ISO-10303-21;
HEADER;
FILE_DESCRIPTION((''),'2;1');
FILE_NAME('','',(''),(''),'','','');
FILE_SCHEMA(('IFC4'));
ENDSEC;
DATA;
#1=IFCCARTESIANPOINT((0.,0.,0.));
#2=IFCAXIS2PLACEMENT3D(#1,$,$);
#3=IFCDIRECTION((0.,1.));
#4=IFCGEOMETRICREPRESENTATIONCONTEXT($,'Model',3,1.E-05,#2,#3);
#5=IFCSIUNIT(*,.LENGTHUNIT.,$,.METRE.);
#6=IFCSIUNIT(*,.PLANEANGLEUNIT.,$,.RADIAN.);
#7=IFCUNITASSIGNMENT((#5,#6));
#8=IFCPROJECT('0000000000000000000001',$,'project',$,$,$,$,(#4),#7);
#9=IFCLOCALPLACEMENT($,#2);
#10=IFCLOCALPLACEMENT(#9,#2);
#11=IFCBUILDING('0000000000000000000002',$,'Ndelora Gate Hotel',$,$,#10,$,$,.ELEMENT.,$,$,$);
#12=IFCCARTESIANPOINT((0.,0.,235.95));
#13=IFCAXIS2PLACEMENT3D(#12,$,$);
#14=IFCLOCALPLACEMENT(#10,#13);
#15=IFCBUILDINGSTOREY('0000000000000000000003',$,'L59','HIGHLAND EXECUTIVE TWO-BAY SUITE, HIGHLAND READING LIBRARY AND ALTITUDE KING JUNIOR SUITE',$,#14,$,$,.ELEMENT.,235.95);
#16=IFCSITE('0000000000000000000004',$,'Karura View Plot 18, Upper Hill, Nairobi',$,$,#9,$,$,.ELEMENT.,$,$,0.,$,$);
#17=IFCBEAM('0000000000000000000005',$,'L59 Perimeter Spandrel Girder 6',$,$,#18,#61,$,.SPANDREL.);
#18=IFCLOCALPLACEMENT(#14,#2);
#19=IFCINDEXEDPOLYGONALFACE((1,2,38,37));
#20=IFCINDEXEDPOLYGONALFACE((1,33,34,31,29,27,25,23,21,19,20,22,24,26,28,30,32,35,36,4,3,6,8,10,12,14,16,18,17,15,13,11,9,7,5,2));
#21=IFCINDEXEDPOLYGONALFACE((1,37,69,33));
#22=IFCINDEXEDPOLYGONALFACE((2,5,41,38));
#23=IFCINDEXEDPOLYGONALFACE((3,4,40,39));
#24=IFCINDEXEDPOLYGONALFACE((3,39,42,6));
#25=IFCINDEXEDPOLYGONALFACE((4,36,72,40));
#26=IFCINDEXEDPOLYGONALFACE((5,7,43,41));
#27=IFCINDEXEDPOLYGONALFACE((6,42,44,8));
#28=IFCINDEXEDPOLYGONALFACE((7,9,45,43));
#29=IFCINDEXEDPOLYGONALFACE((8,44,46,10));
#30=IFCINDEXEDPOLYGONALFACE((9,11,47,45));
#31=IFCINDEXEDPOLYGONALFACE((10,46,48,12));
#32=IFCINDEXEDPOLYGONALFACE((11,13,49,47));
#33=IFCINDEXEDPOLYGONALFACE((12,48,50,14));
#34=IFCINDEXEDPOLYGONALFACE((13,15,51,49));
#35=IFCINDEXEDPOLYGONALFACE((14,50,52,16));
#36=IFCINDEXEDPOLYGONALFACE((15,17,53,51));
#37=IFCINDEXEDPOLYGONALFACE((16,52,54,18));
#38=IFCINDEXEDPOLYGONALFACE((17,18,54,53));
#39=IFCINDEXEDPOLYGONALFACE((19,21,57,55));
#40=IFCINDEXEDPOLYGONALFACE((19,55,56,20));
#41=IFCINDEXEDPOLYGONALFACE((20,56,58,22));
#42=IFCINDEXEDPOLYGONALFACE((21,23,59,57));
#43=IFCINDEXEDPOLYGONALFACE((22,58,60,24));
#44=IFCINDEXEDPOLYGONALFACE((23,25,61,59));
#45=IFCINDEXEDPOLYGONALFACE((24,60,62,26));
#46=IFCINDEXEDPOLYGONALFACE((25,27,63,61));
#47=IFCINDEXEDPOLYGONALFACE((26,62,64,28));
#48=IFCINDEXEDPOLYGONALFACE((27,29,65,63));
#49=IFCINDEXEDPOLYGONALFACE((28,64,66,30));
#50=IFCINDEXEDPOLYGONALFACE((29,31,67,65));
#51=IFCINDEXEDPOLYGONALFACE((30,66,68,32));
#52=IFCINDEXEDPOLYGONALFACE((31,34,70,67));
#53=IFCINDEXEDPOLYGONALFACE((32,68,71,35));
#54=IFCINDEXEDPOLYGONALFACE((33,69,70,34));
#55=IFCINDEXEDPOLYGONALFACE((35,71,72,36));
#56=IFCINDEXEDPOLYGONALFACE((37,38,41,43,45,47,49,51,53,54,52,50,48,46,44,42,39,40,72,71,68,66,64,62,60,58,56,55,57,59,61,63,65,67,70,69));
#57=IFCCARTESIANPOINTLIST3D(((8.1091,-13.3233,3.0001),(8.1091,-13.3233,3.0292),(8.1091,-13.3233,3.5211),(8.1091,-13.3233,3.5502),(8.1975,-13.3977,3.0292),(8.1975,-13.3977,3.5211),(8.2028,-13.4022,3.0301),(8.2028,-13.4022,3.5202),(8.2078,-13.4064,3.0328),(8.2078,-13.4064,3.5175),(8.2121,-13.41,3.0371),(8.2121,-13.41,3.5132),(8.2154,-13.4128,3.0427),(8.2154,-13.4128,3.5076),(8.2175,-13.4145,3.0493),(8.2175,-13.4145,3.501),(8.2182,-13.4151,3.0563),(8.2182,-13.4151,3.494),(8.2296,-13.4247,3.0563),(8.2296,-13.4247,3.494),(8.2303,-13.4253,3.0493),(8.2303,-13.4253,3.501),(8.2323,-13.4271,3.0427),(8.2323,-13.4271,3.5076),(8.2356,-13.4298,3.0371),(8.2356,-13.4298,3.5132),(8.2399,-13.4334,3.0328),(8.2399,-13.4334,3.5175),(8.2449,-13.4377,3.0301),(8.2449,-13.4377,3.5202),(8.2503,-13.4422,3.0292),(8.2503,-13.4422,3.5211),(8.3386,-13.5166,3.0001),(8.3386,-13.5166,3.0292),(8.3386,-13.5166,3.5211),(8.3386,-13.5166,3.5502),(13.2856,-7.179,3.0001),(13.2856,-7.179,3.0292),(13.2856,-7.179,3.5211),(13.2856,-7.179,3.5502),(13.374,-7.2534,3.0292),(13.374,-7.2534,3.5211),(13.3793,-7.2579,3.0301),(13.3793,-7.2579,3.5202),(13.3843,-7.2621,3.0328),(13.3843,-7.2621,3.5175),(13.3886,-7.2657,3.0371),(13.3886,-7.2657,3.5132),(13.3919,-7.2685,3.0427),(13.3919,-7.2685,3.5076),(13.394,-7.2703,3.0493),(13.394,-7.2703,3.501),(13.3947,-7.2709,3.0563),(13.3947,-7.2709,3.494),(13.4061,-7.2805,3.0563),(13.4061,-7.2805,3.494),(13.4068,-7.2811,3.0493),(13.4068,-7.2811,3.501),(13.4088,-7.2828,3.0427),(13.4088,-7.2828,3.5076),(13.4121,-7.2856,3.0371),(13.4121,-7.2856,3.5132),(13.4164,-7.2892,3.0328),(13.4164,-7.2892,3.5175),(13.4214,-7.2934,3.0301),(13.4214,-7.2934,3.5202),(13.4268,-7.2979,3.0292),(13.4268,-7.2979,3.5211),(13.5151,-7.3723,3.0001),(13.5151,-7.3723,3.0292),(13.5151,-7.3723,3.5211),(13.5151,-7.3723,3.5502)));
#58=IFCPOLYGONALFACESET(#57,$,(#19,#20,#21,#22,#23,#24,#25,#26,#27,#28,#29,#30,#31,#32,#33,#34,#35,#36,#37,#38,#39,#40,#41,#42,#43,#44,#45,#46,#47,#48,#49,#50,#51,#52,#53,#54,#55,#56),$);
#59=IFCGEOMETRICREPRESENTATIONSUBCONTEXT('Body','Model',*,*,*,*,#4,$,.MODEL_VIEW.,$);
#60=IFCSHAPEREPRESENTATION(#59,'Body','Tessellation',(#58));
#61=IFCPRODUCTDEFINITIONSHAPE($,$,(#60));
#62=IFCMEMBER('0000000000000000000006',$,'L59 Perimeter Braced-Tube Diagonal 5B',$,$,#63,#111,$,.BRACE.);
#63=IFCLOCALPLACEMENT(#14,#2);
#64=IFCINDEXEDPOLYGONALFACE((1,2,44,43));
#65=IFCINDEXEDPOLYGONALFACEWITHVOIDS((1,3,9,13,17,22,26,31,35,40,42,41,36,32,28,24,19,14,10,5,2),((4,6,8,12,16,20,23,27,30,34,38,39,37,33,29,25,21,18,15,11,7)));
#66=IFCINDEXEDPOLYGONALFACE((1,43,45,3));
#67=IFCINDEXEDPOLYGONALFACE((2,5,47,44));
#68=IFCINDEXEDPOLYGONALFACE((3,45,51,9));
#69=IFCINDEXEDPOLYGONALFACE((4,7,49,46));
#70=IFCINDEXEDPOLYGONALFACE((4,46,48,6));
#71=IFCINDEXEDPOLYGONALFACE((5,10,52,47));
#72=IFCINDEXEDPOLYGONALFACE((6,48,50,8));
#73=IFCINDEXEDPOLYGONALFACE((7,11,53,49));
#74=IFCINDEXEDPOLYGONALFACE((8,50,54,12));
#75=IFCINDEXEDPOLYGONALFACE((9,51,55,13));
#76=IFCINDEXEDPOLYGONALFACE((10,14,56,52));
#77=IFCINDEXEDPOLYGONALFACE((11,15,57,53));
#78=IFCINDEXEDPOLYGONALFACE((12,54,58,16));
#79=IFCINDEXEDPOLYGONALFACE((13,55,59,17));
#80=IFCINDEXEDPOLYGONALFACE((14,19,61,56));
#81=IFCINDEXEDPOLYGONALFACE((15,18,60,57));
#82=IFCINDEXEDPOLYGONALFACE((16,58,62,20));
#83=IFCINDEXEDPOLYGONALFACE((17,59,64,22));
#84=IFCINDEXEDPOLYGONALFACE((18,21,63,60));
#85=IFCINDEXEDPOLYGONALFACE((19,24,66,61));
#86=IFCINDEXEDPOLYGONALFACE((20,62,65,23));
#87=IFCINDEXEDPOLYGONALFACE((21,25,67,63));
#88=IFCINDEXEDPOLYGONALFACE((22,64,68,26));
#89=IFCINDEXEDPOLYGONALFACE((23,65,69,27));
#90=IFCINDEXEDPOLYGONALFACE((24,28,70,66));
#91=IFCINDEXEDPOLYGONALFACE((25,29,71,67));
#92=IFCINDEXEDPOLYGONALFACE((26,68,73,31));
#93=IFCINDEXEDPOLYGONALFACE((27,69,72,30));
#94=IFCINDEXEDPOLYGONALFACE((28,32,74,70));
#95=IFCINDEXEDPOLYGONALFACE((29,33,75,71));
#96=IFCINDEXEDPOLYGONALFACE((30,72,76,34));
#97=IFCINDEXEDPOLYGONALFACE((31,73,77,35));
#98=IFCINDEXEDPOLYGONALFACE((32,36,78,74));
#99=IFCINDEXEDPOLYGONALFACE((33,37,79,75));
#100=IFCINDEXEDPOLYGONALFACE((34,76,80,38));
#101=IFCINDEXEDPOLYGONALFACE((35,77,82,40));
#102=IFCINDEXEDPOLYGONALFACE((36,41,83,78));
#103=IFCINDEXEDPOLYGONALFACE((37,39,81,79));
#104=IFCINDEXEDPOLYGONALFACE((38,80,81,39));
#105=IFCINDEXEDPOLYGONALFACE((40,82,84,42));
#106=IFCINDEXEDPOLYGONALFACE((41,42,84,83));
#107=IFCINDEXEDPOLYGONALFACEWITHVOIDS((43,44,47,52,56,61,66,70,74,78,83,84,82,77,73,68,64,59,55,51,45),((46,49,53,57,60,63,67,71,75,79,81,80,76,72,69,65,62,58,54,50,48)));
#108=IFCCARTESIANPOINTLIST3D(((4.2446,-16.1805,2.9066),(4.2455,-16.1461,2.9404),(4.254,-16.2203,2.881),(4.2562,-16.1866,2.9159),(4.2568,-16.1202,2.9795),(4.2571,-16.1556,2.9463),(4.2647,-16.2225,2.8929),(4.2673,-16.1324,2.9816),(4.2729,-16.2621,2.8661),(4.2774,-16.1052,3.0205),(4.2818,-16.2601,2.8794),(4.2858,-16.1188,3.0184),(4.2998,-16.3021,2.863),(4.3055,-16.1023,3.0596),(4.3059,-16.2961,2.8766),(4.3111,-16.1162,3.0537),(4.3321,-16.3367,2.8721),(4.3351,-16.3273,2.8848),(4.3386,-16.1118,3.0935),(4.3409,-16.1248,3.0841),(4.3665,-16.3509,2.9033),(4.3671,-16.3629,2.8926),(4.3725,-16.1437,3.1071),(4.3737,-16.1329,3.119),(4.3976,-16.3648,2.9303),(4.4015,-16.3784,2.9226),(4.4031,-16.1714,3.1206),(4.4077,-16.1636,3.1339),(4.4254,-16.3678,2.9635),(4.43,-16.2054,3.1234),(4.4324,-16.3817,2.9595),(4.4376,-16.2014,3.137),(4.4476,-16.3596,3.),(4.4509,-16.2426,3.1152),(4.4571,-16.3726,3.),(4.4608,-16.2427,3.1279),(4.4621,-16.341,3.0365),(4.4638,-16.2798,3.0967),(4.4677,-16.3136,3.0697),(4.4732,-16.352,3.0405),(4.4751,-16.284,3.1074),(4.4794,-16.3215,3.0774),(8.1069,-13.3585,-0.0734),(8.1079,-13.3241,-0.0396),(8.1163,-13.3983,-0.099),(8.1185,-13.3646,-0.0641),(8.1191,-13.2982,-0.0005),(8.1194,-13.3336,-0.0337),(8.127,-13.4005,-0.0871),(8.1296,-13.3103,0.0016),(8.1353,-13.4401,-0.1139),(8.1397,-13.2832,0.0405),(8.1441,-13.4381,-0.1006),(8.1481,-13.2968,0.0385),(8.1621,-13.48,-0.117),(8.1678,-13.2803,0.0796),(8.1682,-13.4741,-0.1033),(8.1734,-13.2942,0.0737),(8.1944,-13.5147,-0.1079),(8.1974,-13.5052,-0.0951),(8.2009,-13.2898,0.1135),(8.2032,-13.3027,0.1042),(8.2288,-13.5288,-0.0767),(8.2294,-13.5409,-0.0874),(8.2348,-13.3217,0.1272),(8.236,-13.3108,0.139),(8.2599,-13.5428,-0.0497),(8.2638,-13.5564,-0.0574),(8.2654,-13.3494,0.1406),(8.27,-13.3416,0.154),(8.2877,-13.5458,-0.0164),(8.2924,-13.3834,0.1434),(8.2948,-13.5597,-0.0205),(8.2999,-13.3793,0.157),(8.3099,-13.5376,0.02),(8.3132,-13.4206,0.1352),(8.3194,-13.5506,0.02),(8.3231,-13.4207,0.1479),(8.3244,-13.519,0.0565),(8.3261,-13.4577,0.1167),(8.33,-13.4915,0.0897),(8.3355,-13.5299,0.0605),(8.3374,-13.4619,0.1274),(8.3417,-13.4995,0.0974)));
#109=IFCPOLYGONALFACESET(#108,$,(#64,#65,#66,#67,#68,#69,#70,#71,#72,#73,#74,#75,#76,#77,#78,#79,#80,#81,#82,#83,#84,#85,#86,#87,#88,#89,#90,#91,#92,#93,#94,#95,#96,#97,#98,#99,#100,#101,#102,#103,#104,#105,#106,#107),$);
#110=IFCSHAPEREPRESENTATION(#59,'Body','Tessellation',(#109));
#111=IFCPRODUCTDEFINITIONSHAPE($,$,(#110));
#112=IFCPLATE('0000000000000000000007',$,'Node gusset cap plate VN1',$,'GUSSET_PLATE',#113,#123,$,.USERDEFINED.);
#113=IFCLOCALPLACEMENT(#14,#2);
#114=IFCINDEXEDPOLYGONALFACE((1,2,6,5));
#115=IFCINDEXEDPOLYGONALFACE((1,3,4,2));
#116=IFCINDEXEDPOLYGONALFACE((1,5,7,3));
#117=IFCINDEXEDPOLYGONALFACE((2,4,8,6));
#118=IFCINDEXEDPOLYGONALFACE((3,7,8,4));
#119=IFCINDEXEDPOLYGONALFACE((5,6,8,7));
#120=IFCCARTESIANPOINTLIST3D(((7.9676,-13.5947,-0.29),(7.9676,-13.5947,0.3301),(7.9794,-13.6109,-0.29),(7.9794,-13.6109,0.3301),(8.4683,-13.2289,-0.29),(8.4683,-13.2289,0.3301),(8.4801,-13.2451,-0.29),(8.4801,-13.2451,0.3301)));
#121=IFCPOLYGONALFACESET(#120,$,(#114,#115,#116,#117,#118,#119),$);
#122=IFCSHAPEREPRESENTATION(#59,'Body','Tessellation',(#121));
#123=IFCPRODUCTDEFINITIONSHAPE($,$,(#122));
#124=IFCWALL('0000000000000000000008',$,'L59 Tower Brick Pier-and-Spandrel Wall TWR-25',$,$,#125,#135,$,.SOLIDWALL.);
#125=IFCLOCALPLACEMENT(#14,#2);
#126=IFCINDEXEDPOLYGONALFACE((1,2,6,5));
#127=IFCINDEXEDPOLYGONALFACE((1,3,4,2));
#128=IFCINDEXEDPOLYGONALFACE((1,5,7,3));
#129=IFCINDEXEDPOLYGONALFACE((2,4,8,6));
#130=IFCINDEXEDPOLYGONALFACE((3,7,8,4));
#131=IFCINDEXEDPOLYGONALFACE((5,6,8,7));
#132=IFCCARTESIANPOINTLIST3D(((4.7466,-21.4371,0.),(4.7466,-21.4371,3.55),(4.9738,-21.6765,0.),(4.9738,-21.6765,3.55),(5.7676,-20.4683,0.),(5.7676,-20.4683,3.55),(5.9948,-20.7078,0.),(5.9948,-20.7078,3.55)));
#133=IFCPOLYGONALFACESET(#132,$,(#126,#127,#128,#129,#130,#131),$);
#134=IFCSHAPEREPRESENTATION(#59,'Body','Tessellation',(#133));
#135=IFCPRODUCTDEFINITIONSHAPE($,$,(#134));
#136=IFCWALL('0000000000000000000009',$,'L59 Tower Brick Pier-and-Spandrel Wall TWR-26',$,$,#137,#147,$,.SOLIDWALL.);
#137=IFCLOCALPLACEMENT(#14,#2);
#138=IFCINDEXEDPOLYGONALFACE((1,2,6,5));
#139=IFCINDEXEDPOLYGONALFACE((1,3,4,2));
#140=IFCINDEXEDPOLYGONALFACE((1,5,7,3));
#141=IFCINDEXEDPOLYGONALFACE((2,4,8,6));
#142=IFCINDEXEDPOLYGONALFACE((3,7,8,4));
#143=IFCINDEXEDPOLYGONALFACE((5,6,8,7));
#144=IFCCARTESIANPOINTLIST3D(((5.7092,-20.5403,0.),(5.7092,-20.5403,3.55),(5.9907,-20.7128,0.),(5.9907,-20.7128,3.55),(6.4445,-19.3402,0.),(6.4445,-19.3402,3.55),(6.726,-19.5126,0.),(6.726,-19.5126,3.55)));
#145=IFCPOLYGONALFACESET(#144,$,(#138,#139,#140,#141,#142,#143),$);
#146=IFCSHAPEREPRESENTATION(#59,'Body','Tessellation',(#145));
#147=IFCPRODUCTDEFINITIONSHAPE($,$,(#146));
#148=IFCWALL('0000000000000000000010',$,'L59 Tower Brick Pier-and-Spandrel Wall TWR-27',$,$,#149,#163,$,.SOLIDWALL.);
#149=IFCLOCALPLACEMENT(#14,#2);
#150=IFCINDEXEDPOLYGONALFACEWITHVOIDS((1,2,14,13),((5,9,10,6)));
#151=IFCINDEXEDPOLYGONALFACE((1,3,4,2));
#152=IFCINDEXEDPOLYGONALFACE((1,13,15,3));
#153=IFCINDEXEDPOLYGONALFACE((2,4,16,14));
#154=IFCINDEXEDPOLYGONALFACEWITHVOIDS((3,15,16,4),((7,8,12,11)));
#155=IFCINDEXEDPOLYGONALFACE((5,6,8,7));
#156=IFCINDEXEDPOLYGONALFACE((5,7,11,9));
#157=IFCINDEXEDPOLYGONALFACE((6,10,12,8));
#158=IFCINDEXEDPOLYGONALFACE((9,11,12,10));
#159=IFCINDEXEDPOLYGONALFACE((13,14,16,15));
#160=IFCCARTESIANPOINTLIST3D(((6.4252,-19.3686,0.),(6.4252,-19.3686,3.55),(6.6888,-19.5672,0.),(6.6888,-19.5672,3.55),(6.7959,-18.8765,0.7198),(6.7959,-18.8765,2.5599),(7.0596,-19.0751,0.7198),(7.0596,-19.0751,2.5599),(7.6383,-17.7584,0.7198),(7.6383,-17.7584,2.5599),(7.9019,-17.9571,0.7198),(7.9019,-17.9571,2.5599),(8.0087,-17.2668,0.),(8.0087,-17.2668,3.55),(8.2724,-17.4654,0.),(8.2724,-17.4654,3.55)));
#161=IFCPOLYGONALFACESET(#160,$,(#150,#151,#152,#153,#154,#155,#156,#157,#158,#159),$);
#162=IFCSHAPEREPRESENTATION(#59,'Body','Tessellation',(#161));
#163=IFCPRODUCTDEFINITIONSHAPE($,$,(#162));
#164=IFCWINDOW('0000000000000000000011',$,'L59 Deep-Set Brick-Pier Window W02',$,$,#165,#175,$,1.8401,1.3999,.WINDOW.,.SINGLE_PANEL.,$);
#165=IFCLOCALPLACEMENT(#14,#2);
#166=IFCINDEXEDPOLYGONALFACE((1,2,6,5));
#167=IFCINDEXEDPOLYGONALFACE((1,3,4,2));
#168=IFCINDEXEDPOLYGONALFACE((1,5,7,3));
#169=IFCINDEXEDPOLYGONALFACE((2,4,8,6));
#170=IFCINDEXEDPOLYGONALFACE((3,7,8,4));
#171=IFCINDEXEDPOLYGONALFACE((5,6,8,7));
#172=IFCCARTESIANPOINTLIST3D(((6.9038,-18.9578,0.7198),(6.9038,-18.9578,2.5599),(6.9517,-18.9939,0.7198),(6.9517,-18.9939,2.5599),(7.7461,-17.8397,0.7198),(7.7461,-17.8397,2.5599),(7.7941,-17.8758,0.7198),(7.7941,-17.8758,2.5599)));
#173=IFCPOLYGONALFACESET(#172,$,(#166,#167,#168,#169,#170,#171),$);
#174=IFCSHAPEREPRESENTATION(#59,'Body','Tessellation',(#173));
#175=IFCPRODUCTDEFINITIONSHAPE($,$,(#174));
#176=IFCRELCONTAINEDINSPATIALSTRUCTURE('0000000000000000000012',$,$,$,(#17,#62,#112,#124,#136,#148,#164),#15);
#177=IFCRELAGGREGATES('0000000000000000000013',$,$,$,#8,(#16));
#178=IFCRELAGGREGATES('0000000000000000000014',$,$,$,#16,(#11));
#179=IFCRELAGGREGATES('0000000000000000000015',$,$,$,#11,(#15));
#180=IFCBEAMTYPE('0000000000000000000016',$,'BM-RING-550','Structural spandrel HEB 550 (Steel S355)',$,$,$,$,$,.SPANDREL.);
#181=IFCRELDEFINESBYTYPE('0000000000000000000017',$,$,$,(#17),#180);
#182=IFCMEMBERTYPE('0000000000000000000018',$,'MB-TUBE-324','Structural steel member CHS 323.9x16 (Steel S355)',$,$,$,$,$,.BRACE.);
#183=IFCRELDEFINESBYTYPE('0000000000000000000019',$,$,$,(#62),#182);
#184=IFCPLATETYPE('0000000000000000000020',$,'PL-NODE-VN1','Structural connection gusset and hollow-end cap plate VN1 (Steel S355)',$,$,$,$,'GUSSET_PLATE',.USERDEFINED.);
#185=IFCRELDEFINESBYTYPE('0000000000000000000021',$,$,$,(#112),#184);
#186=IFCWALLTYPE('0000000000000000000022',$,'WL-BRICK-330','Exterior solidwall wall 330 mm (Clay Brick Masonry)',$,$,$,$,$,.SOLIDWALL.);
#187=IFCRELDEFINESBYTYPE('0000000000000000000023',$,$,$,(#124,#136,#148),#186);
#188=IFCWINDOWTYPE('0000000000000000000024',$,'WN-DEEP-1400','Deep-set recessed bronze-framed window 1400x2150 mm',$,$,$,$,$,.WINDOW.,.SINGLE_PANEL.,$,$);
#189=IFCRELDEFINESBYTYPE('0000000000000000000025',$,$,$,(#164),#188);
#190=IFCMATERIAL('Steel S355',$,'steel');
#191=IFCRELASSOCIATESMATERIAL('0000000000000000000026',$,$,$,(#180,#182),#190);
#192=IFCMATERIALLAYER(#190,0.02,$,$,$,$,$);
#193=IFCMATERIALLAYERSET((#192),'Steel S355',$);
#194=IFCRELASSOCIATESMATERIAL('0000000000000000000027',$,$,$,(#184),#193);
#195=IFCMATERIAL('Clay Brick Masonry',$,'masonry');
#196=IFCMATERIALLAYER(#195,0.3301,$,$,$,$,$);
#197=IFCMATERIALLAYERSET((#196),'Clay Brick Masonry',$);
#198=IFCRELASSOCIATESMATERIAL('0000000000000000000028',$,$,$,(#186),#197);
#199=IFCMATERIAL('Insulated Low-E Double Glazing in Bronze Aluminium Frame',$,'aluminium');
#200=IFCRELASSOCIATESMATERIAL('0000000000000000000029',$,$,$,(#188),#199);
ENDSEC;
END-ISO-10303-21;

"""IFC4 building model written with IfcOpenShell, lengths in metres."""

from ifc_helpers import new_model, si_unit, direction, frame, frame_2d, origin, origin_2d, place, context, subcontext, project, spatial, rectangle, hollow_circle, i_section, extrude, material, layer, layer_set, material_profile, profile_set, type_object, element, fill, save


model = new_model("IFC4")

# Units and contexts
model_context = context("Model", 3, precision=1e-05, world=origin(), true_north=direction((0.0, 1.0)))
body_context = subcontext(model_context, "Body", "Model", "MODEL_VIEW")
ifc_project = project(units=[si_unit("LENGTHUNIT", "METRE"), si_unit("PLANEANGLEUNIT", "RADIAN")], contexts=[model_context])

# Site, building, storey
site_placement = place(None, origin())
site = spatial("IfcSite", under=ifc_project, at=site_placement, Name="Karura View Plot 18, Upper Hill, Nairobi", CompositionType="ELEMENT", RefElevation=0.0)
building_placement = place(site_placement, origin())
building = spatial("IfcBuilding", under=site, at=building_placement, Name="Ndelora Gate Hotel", CompositionType="ELEMENT")
storey_placement = place(building_placement, frame((0.0, 0.0, 235.95)))
storey = spatial("IfcBuildingStorey", under=building, at=storey_placement, Name="L59", Description="HIGHLAND EXECUTIVE TWO-BAY SUITE, HIGHLAND READING LIBRARY AND ALTITUDE KING JUNIOR SUITE", CompositionType="ELEMENT", Elevation=235.95)

# Beam
ifc_material_1 = material(Name="Steel S355", Category="steel")
ifc_material_profile_1 = material_profile(ifc_material_1, i_section(OverallWidth=0.3, OverallDepth=0.55, WebThickness=0.0149, FlangeThickness=0.0291, FilletRadius=0.0271, at=origin_2d()), Name="HEB 550")
ifc_profile_set_1 = profile_set([ifc_material_profile_1], Name="Steel S355")
beam_type_1 = type_object("IfcBeamType", Name="BM-RING-550", Description="Structural spandrel HEB 550 (Steel S355)", PredefinedType="SPANDREL", material=ifc_profile_set_1)
beam_1_placement = place(storey_placement, frame((8.2239, -13.4199, 3.2751), z_axis=(0.644309, 0.764765, 0.0), x_axis=(-0.764765, 0.644309, 0.0)))
element("IfcBeam", 1, at=beam_1_placement, inside=storey, type_object=beam_type_1, Name="L59 Perimeter Spandrel Girder 6", PredefinedType="SPANDREL", context=body_context, shape_type="SweptSolid", body=[
    extrude(i_section(OverallWidth=0.3, OverallDepth=0.55, WebThickness=0.0149, FlangeThickness=0.0291, FilletRadius=0.0271, at=origin_2d()), origin(), (0.0, 0.0, 1.0), 8.0342),
])

# Member
ifc_material_profile_2 = material_profile(ifc_material_1, hollow_circle(Radius=0.1619, WallThickness=0.0161, at=origin_2d()), Name="CHS 323.9x16")
ifc_profile_set_2 = profile_set([ifc_material_profile_2], Name="Steel S355")
member_type = type_object("IfcMemberType", Name="MB-TUBE-324", Description="Structural steel member CHS 323.9x16 (Steel S355)", PredefinedType="BRACE", material=ifc_profile_set_2)
member_placement = place(storey_placement, frame((8.2239, -13.4199, 0.02), z_axis=(-0.685324, -0.500737, 0.528765), x_axis=(0.589958, -0.807434, 0.0)))
element("IfcMember", 2, at=member_placement, inside=storey, type_object=member_type, Name="L59 Perimeter Braced-Tube Diagonal 5B", PredefinedType="BRACE", context=body_context, shape_type="SweptSolid", body=[
    extrude(hollow_circle(Radius=0.1619, WallThickness=0.0161, at=origin_2d()), origin(), (0.0, 0.0, 1.0), 5.6357),
])

# Plate
ifc_layer_1 = layer(ifc_material_1, 0.02)
ifc_layer_set_1 = layer_set([ifc_layer_1], Name="Steel S355")
plate_type = type_object("IfcPlateType", Name="PL-NODE-VN1", Description="Structural connection gusset and hollow-end cap plate VN1 (Steel S355)", ElementType="GUSSET_PLATE", PredefinedType="USERDEFINED", material=ifc_layer_set_1)
plate_placement = place(storey_placement, frame((8.2239, -13.4199, -0.29), z_axis=(0.0, 0.0, 1.0), x_axis=(0.807475, 0.589901, 0.0)))
element("IfcPlate", 3, at=plate_placement, inside=storey, type_object=plate_type, Name="Node gusset cap plate VN1", ObjectType="GUSSET_PLATE", PredefinedType="USERDEFINED", context=body_context, shape_type="SweptSolid", body=[
    extrude(rectangle(XDim=0.6201, YDim=0.02, at=origin_2d()), origin(), (0.0, 0.0, 1.0), 0.6201),
])

# Walls
ifc_material_2 = material(Name="Clay Brick Masonry", Category="masonry")
ifc_layer_2 = layer(ifc_material_2, 0.3301)
ifc_layer_set_2 = layer_set([ifc_layer_2], Name="Clay Brick Masonry")
wall_type_1 = type_object("IfcWallType", Name="WL-BRICK-330", Description="Exterior solidwall wall 330 mm (Clay Brick Masonry)", PredefinedType="SOLIDWALL", material=ifc_layer_set_2)
for number, where, z_axis, x_axis, name in (
    (4, (5.8811, -20.5881, 0.0), (0.0, 0.0, 1.0), (-0.725424, -0.688303, 0.0), "L59 Tower Brick Pier-and-Spandrel Wall TWR-25"),
    (5, (6.5852, -19.4265, 0.0), (0.0, 0.0, 1.0), (-0.522432, -0.852681, 0.0), "L59 Tower Brick Pier-and-Spandrel Wall TWR-26"),
):
    element("IfcWall", number, at=place(storey_placement, frame(where, z_axis=z_axis, x_axis=x_axis)), inside=storey, type_object=wall_type_1, Name=name, PredefinedType="SOLIDWALL", context=body_context, shape_type="SweptSolid", body=[
        extrude(rectangle(XDim=1.4075, YDim=0.3301, at=frame_2d((0.7036, 0.0))), origin(), (0.0, 0.0, 1.0), 3.55),
    ])

# Wall, opening, window
wall_1_placement = place(storey_placement, frame((8.1406, -17.366, 0.0), z_axis=(0.0, 0.0, 1.0), x_axis=(-0.601735, -0.798696, 0.0)))
wall_1 = element("IfcWall", 6, at=wall_1_placement, inside=storey, type_object=wall_type_1, Name="L59 Tower Brick Pier-and-Spandrel Wall TWR-27", PredefinedType="SOLIDWALL", context=body_context, shape_type="SweptSolid", body=[
    extrude(rectangle(XDim=2.6316, YDim=0.3301, at=frame_2d((1.3159, 0.0))), origin(), (0.0, 0.0, 1.0), 3.55),
])
opening_1_placement = place(wall_1_placement, frame((0.6157, 0.0, 0.72)))
opening_1 = element("IfcOpeningElement", 7, at=opening_1_placement, cuts=wall_1, PredefinedType="OPENING", context=body_context, shape_type="SweptSolid", body=[
    extrude(rectangle(XDim=1.3999, YDim=1.8401, at=frame_2d((0.7, 0.9199))), frame((0.0, 0.175, 0.0), z_axis=(0.0, -1.0, 0.0), x_axis=(1.0, 0.0, 0.0)), (0.0, 0.0, 1.0), 0.3501),
])
ifc_material_3 = material(Name="Insulated Low-E Double Glazing in Bronze Aluminium Frame", Category="aluminium")
window_type = type_object("IfcWindowType", Name="WN-DEEP-1400", Description="Deep-set recessed bronze-framed window 1400x2150 mm", PartitioningType="SINGLE_PANEL", PredefinedType="WINDOW", material=ifc_material_3)
window_1_placement = place(opening_1_placement, origin())
window_1 = element("IfcWindow", 8, at=window_1_placement, inside=storey, type_object=window_type, Name="L59 Deep-Set Brick-Pier Window W02", OverallHeight=1.8401, OverallWidth=1.3999, PartitioningType="SINGLE_PANEL", PredefinedType="WINDOW", context=body_context, shape_type="SweptSolid", body=[
    extrude(rectangle(XDim=1.3999, YDim=1.8401, at=frame_2d((0.7, 0.9199))), frame((0.0, 0.03, 0.0), z_axis=(0.0, -1.0, 0.0), x_axis=(1.0, 0.0, 0.0)), (0.0, 0.0, 1.0), 0.0601),
])
fill(opening_1, window_1)

save(model, "model.ifc")
